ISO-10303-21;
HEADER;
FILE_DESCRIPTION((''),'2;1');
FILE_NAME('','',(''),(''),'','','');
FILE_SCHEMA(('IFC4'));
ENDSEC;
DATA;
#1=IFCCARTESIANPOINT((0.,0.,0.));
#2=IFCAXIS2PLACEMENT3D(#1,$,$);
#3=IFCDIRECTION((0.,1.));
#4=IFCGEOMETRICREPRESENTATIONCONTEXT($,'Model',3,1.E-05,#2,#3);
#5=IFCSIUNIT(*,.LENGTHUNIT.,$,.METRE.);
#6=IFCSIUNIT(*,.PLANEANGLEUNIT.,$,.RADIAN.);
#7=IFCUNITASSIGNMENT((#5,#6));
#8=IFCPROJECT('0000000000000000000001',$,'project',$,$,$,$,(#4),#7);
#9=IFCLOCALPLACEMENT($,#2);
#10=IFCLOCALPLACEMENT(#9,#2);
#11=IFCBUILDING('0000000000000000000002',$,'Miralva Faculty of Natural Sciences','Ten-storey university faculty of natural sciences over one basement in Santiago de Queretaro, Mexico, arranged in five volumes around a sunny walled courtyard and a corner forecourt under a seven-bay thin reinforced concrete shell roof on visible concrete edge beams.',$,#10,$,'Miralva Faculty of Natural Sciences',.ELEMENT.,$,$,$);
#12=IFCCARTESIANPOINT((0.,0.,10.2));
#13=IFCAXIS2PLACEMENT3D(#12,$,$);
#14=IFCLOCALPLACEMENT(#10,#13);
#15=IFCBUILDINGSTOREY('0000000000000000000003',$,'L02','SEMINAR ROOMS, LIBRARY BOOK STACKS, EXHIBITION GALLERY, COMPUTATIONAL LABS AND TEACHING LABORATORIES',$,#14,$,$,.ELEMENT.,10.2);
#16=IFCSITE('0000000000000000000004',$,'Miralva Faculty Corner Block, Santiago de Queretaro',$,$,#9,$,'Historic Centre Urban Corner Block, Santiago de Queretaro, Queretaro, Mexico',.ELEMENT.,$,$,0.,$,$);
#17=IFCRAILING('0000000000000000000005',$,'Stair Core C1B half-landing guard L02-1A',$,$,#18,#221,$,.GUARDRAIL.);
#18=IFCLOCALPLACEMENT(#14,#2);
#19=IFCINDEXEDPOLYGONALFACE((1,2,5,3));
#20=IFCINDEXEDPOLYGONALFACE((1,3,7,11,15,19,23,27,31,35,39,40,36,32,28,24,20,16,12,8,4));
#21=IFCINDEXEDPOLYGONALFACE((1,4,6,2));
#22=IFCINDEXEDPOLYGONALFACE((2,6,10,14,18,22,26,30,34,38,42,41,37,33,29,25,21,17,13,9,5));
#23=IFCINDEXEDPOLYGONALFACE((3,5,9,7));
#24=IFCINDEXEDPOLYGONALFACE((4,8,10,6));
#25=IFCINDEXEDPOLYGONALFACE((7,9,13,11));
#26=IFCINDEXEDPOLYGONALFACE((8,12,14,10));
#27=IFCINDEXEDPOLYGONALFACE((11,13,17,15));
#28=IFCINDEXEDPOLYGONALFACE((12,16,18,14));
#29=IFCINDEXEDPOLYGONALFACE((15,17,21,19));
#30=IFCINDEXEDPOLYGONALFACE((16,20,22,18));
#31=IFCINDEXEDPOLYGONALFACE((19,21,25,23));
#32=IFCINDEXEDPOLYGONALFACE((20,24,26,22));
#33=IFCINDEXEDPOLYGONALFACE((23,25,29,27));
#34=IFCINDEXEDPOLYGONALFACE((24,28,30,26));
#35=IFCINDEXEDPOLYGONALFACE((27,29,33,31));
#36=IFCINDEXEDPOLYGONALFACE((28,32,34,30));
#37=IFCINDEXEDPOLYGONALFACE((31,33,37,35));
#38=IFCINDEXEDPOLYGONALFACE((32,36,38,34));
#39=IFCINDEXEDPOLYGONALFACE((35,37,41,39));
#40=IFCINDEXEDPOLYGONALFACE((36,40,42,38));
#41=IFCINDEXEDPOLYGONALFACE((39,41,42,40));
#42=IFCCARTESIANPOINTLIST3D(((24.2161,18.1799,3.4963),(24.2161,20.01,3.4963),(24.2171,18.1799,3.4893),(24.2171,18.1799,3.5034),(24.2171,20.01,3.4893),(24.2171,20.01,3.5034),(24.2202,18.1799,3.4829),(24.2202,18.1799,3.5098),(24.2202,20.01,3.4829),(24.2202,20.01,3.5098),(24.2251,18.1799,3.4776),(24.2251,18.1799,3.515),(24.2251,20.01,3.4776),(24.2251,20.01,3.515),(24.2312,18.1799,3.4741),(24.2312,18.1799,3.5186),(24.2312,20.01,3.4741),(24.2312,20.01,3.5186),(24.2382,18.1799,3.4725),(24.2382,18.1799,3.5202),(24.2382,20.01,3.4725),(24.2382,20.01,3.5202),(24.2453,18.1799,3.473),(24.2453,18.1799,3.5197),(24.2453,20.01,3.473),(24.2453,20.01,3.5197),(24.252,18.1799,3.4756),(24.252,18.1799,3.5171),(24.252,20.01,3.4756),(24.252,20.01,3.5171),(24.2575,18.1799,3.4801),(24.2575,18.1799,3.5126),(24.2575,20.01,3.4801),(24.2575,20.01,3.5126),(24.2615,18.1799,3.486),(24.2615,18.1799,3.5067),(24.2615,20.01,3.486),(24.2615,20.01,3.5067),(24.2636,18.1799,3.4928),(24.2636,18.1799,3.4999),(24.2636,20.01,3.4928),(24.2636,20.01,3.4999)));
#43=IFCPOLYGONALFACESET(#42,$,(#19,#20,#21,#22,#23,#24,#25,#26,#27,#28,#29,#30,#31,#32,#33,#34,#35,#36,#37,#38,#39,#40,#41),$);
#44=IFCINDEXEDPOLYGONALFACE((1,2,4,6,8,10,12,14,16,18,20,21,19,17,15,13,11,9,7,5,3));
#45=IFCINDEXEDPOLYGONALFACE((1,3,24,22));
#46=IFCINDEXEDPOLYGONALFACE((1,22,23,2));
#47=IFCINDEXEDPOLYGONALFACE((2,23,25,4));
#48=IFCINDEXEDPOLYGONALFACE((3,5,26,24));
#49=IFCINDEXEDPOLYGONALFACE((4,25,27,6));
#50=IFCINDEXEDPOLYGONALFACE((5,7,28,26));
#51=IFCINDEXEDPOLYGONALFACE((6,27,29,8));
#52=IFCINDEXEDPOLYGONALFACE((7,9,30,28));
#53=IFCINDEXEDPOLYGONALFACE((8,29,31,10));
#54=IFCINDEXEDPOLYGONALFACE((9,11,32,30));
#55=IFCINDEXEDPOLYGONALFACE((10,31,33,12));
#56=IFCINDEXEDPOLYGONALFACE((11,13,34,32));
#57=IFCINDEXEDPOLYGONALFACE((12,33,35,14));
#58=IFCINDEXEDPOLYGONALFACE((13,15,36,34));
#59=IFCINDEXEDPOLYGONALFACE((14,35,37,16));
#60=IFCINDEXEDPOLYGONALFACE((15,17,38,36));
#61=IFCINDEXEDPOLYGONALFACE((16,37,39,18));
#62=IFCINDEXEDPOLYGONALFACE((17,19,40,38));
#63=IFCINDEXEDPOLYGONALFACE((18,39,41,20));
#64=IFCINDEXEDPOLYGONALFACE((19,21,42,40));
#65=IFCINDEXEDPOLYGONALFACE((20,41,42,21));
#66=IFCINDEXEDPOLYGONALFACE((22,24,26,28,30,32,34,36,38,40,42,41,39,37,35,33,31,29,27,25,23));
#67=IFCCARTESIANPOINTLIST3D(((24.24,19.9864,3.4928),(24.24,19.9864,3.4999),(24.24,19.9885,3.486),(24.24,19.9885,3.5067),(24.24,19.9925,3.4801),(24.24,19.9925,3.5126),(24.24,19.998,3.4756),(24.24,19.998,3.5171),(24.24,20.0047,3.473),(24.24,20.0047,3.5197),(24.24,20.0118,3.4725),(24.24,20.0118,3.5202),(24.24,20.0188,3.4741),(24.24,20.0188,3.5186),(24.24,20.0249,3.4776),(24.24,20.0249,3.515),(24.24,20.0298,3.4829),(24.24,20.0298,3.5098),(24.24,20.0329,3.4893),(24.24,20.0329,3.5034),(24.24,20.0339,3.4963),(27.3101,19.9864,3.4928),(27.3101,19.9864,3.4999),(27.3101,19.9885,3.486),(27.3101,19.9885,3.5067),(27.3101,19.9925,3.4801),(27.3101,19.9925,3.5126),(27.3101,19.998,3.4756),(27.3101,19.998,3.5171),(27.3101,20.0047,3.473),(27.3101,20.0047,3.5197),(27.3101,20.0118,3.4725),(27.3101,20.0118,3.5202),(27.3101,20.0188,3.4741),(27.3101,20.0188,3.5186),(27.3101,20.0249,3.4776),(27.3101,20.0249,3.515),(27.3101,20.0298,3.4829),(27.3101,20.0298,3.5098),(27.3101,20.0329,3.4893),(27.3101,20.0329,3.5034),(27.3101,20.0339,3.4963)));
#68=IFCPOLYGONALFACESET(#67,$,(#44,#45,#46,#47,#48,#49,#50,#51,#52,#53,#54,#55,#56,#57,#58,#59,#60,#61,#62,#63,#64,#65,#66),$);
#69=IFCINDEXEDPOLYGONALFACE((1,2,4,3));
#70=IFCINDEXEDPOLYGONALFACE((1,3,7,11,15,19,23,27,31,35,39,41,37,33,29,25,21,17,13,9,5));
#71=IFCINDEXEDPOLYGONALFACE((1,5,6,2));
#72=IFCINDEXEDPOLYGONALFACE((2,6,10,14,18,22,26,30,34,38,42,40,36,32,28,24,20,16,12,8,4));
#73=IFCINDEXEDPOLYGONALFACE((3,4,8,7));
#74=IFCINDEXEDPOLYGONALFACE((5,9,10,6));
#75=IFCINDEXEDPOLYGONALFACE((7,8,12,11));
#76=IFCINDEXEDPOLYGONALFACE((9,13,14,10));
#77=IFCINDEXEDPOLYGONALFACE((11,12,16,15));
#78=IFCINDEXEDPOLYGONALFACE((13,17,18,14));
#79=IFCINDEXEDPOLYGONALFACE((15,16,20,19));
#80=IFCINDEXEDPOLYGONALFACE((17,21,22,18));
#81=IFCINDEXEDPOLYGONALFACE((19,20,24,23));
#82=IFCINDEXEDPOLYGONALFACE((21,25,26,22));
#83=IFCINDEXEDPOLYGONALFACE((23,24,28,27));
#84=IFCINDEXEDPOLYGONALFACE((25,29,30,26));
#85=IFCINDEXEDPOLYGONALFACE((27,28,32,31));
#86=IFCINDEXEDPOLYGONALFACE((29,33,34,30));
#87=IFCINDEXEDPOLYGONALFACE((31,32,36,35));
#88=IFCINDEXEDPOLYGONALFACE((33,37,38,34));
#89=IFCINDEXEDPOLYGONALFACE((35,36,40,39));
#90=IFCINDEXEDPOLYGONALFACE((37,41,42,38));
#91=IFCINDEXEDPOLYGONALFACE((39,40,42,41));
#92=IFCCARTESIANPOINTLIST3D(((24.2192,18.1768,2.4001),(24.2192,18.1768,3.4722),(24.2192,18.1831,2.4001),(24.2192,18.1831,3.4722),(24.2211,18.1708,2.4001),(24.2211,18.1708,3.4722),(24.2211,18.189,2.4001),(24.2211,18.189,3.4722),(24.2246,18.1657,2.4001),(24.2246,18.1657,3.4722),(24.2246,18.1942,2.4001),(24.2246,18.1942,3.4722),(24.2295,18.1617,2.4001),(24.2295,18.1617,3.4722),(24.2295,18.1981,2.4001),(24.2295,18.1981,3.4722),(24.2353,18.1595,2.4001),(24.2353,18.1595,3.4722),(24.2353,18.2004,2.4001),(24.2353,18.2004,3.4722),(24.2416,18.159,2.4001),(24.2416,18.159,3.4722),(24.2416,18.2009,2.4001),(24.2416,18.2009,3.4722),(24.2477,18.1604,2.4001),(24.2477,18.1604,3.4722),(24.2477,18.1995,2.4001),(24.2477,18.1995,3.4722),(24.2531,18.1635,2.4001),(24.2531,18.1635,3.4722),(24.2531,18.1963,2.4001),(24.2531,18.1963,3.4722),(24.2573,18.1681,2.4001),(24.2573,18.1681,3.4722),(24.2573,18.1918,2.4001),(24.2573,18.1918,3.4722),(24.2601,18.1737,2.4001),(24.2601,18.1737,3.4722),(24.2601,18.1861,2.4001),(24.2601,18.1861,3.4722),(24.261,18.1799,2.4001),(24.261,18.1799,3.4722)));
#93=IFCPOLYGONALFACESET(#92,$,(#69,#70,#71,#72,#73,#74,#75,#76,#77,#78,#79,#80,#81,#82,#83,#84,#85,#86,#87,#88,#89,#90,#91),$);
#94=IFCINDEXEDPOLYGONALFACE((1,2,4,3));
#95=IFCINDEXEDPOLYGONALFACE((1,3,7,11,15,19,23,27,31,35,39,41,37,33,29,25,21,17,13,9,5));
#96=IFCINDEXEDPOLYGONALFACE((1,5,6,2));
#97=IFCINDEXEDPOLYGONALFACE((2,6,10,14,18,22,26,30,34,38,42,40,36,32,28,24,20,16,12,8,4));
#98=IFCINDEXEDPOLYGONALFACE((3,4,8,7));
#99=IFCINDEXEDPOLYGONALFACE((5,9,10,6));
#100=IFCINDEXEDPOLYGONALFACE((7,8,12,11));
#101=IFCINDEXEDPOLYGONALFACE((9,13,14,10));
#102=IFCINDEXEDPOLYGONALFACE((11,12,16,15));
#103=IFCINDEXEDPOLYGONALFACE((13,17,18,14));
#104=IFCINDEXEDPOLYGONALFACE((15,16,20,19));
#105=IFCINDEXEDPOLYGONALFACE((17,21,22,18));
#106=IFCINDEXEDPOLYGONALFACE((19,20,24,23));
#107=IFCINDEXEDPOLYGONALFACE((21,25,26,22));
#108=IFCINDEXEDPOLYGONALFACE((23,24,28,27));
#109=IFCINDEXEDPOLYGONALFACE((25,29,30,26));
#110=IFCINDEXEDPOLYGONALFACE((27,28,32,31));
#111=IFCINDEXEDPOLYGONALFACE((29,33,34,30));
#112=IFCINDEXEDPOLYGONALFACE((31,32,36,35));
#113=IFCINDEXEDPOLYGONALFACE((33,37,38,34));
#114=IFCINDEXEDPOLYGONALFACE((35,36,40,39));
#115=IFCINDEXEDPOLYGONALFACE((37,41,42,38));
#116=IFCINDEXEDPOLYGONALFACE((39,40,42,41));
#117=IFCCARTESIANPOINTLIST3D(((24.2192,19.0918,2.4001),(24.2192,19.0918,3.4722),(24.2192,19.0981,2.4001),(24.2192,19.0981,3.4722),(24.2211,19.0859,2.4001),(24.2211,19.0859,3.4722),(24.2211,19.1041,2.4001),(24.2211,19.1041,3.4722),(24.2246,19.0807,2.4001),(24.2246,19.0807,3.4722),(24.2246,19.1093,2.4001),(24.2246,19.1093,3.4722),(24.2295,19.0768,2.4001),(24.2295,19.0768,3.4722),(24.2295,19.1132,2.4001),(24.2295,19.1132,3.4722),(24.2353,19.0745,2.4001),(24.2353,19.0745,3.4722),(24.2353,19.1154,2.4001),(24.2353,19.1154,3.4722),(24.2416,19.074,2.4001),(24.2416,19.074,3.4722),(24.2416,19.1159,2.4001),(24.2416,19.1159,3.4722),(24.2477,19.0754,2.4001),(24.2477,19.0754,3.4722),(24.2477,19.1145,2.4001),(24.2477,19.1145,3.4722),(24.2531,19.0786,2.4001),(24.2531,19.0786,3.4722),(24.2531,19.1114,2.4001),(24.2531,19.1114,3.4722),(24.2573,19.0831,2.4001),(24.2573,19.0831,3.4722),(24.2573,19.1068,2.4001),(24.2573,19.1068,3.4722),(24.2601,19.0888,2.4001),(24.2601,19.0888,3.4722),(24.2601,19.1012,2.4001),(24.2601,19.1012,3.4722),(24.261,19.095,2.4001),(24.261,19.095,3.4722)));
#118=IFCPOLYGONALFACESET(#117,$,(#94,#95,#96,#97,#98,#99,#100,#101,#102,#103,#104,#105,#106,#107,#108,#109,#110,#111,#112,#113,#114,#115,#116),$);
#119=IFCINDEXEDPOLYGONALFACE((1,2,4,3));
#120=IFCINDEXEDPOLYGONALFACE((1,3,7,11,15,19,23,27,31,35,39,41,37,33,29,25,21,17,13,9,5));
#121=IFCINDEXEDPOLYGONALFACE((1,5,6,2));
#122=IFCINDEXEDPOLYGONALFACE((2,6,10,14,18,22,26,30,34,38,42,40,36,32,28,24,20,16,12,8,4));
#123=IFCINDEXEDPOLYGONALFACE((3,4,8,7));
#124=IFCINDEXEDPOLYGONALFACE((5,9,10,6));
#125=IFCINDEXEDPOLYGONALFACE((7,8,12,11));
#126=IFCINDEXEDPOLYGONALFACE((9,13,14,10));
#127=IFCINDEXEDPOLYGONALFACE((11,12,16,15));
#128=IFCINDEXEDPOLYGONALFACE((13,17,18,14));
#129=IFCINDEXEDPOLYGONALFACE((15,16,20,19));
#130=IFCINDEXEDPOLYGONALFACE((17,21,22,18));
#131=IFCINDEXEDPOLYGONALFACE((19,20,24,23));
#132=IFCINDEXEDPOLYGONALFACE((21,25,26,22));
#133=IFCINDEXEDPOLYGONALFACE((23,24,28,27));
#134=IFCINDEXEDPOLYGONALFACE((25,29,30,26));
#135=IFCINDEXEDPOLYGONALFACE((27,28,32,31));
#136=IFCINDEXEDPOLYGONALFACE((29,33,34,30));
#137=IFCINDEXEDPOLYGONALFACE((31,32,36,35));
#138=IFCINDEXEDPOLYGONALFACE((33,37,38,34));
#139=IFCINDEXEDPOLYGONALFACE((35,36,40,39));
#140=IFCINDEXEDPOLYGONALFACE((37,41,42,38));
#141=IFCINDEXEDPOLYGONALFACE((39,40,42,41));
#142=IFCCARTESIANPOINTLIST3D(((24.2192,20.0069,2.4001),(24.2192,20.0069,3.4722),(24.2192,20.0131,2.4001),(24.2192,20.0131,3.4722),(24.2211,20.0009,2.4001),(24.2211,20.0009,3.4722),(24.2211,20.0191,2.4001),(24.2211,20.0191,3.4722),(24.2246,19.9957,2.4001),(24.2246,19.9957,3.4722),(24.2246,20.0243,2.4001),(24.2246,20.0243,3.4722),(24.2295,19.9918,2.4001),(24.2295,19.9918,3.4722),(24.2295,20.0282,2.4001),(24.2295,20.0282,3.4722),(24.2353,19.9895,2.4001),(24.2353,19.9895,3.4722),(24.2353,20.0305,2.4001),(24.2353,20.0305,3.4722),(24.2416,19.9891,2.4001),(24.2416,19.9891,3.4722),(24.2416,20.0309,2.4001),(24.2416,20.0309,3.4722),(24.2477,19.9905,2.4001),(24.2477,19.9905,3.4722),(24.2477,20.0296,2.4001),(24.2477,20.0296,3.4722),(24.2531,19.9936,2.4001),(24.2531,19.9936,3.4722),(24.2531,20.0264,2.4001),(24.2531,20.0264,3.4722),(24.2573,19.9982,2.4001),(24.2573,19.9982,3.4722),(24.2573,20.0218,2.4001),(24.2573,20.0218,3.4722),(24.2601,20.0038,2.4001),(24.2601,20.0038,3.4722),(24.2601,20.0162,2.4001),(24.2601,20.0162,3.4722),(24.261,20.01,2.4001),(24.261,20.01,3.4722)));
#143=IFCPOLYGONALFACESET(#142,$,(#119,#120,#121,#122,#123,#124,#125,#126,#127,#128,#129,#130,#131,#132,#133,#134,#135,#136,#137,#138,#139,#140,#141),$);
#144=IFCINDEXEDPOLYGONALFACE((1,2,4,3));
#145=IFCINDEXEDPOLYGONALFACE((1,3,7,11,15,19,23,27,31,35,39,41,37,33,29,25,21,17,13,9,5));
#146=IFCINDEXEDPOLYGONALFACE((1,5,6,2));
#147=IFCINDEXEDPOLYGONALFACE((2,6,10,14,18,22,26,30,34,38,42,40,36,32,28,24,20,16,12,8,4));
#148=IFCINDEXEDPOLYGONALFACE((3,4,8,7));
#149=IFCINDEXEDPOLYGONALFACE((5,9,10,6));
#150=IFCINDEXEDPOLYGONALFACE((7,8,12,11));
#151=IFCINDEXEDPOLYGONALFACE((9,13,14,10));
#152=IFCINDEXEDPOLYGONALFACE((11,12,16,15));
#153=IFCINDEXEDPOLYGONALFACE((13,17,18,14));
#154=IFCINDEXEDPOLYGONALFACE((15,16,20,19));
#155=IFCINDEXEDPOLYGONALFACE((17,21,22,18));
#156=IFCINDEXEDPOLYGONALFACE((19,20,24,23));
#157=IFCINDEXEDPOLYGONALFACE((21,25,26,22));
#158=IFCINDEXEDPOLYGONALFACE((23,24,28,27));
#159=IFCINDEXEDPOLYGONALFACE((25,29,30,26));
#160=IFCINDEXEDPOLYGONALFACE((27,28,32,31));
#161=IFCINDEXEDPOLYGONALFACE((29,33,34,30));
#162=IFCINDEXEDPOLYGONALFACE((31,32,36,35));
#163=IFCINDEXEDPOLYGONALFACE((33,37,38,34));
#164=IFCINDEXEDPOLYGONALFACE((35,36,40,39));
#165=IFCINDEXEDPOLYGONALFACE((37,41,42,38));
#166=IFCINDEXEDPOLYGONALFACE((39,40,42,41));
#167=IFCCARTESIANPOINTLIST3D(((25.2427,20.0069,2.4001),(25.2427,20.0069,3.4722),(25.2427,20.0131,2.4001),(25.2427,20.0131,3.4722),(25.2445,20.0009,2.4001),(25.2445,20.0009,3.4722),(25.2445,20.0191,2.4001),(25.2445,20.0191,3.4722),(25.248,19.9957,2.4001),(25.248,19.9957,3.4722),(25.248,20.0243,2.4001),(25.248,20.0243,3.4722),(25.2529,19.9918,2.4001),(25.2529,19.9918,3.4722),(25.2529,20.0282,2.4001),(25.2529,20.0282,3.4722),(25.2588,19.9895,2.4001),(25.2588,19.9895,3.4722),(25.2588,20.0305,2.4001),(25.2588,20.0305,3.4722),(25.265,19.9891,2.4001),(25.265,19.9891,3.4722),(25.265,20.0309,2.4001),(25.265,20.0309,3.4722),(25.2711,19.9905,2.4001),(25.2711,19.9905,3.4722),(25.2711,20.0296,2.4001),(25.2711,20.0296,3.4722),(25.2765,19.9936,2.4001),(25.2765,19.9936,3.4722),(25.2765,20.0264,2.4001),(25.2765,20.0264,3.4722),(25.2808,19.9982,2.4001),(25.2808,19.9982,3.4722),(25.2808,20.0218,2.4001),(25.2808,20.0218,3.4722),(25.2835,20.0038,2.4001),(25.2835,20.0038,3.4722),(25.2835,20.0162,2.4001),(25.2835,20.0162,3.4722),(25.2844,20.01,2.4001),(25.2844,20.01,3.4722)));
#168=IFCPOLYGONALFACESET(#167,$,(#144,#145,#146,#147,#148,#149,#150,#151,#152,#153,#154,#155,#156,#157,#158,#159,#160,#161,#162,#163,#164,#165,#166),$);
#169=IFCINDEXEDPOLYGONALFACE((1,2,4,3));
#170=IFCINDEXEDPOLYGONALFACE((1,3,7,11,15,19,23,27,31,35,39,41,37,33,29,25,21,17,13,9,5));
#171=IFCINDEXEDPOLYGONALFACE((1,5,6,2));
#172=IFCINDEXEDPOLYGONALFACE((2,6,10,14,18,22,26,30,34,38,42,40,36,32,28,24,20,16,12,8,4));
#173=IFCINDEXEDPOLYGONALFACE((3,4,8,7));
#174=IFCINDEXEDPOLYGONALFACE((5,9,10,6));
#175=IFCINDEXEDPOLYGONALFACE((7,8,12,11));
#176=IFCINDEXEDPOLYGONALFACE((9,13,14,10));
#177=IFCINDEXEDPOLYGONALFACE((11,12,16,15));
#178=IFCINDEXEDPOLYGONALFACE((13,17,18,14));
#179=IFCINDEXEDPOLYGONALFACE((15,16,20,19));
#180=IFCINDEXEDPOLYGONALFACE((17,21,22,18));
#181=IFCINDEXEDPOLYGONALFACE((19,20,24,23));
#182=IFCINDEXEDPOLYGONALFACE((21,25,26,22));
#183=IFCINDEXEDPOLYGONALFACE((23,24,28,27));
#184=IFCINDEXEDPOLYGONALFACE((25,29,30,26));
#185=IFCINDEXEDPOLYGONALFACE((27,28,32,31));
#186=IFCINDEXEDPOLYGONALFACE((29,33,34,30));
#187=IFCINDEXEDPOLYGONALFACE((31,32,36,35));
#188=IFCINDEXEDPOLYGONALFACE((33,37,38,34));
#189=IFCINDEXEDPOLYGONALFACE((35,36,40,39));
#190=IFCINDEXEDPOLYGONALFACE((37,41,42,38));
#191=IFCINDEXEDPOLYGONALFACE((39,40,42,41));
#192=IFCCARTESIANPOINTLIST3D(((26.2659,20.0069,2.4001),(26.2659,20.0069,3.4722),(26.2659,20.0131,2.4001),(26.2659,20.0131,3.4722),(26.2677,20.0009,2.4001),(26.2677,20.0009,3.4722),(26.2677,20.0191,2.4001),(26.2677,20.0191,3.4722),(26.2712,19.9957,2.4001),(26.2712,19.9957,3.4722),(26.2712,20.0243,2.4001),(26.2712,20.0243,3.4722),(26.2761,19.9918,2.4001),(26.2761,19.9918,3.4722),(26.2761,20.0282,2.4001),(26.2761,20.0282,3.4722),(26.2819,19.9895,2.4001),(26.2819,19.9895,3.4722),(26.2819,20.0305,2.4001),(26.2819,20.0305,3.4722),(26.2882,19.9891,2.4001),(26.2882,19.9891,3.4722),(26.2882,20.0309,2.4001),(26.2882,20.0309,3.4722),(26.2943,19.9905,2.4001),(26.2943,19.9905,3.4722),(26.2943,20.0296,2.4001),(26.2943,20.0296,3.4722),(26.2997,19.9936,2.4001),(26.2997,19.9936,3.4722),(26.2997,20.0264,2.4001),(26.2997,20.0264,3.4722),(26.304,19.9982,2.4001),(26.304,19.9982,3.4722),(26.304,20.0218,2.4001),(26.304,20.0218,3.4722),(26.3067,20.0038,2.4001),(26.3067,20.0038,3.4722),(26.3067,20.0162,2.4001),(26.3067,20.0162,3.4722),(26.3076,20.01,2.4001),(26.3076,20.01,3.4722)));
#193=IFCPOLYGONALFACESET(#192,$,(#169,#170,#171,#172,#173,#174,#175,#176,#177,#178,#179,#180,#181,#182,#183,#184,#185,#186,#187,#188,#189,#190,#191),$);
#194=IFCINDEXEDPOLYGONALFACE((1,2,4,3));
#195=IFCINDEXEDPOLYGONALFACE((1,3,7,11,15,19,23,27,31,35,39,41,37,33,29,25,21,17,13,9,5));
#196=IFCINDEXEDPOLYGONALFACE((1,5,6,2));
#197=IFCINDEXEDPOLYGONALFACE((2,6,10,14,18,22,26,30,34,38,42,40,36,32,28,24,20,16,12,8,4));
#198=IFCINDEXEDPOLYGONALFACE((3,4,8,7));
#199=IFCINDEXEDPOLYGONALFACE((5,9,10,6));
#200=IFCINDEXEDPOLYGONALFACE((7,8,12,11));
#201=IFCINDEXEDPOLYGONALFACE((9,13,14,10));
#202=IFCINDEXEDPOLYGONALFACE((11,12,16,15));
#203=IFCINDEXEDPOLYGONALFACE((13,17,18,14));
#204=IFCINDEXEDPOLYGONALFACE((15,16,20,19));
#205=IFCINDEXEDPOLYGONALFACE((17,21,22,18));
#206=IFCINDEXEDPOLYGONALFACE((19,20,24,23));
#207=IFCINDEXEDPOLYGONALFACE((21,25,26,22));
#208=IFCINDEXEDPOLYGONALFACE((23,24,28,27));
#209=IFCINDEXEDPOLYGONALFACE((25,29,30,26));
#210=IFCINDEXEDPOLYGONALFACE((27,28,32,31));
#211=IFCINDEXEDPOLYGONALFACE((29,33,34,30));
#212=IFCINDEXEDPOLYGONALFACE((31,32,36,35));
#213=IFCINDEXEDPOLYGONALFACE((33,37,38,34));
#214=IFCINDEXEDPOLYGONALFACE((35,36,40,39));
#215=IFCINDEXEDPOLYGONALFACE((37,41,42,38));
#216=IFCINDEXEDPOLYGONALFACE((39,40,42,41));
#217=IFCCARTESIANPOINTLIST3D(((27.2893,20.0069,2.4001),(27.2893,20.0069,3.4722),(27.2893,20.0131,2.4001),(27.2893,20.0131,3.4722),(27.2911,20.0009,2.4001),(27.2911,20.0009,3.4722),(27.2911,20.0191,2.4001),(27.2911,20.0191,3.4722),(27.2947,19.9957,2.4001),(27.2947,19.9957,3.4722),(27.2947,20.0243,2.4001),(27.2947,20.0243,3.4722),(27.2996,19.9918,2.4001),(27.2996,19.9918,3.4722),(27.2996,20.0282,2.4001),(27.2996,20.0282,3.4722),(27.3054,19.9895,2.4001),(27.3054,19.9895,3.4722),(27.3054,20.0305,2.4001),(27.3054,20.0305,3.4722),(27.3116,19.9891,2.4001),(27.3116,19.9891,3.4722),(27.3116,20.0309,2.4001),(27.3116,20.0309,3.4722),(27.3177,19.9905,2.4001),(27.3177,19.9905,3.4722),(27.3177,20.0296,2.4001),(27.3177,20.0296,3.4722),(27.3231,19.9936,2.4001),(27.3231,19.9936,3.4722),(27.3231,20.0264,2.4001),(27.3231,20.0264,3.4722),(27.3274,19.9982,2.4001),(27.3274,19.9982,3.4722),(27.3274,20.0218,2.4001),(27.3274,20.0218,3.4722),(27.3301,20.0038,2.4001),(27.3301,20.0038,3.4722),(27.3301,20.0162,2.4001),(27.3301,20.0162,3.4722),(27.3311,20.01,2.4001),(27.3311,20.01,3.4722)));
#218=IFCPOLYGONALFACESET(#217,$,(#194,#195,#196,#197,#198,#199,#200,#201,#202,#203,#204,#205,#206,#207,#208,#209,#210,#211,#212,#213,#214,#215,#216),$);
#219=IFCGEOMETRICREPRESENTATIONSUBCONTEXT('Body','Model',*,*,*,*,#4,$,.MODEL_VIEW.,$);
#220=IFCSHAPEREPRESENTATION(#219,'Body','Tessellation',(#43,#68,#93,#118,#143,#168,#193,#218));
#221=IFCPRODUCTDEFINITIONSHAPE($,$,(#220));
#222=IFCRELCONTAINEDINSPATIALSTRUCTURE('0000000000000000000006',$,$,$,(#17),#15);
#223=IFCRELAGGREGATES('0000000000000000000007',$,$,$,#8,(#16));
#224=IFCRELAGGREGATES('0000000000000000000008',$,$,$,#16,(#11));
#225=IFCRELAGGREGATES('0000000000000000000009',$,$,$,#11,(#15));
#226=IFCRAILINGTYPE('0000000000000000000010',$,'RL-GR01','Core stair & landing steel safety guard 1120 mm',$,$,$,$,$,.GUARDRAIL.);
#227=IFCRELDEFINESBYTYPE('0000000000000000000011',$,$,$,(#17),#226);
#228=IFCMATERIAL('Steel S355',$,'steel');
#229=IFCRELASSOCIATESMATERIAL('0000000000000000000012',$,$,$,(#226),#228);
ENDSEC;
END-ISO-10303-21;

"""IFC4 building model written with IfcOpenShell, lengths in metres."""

from ifc_helpers import new_model, si_unit, direction, frame, origin, origin_2d, place, context, subcontext, project, spatial, circle, extrude, material, type_object, element, save


model = new_model("IFC4")

# Units and contexts
model_context = context("Model", 3, precision=1e-05, world=origin(), true_north=direction((0.0, 1.0)))
body_context = subcontext(model_context, "Body", "Model", "MODEL_VIEW")
ifc_project = project(units=[si_unit("LENGTHUNIT", "METRE"), si_unit("PLANEANGLEUNIT", "RADIAN")], contexts=[model_context])

# Site, building, storey
site_placement = place(None, origin())
site = spatial("IfcSite", under=ifc_project, at=site_placement, Name="Miralva Faculty Corner Block, Santiago de Queretaro", LongName="Historic Centre Urban Corner Block, Santiago de Queretaro, Queretaro, Mexico", CompositionType="ELEMENT", RefElevation=0.0)
building_placement = place(site_placement, origin())
building = spatial("IfcBuilding", under=site, at=building_placement, Name="Miralva Faculty of Natural Sciences", Description="Ten-storey university faculty of natural sciences over one basement in Santiago de Queretaro, Mexico, arranged in five volumes around a sunny walled courtyard and a corner forecourt under a seven-bay thin reinforced concrete shell roof on visible concrete edge beams.", LongName="Miralva Faculty of Natural Sciences", CompositionType="ELEMENT")
storey_placement = place(building_placement, frame((0.0, 0.0, 10.2)))
storey = spatial("IfcBuildingStorey", under=building, at=storey_placement, Name="L02", Description="SEMINAR ROOMS, LIBRARY BOOK STACKS, EXHIBITION GALLERY, COMPUTATIONAL LABS AND TEACHING LABORATORIES", CompositionType="ELEMENT", Elevation=10.2)

# Railing
ifc_material_1 = material(Name="Steel S355", Category="steel")
railing_type_1 = type_object("IfcRailingType", Name="RL-GR01", Description="Core stair & landing steel safety guard 1120 mm", PredefinedType="GUARDRAIL", material=ifc_material_1)
railing_1_placement = place(storey_placement, frame((24.24, 18.1799, 2.4001)))
element("IfcRailing", 1, at=railing_1_placement, inside=storey, type_object=railing_type_1, Name="Stair Core C1B half-landing guard L02-1A", PredefinedType="GUARDRAIL", context=body_context, shape_type="SweptSolid", body=[
    extrude(circle(Radius=0.0239, at=origin_2d()), frame((0.0, 0.0, 1.0962), z_axis=(0.0, 1.0, 0.0), x_axis=(-1.0, 0.0, 0.0)), (0.0, 0.0, 1.0), 1.8301),
    extrude(circle(Radius=0.0239, at=origin_2d()), frame((0.0, 1.8301, 1.0962), z_axis=(1.0, 0.0, 0.0), x_axis=(0.0, 1.0, 0.0)), (0.0, 0.0, 1.0), 3.0701),
    extrude(circle(Radius=0.021, at=origin_2d()), origin(), (0.0, 0.0, 1.0), 1.072),
    extrude(circle(Radius=0.021, at=origin_2d()), frame((0.0, 0.915, 0.0)), (0.0, 0.0, 1.0), 1.072),
    extrude(circle(Radius=0.021, at=origin_2d()), frame((0.0, 1.8301, 0.0)), (0.0, 0.0, 1.0), 1.072),
    extrude(circle(Radius=0.021, at=origin_2d()), frame((1.0234, 1.8301, 0.0)), (0.0, 0.0, 1.0), 1.072),
    extrude(circle(Radius=0.021, at=origin_2d()), frame((2.0466, 1.8301, 0.0)), (0.0, 0.0, 1.0), 1.072),
    extrude(circle(Radius=0.021, at=origin_2d()), frame((3.0701, 1.8301, 0.0)), (0.0, 0.0, 1.0), 1.072),
])

save(model, "model.ifc")
